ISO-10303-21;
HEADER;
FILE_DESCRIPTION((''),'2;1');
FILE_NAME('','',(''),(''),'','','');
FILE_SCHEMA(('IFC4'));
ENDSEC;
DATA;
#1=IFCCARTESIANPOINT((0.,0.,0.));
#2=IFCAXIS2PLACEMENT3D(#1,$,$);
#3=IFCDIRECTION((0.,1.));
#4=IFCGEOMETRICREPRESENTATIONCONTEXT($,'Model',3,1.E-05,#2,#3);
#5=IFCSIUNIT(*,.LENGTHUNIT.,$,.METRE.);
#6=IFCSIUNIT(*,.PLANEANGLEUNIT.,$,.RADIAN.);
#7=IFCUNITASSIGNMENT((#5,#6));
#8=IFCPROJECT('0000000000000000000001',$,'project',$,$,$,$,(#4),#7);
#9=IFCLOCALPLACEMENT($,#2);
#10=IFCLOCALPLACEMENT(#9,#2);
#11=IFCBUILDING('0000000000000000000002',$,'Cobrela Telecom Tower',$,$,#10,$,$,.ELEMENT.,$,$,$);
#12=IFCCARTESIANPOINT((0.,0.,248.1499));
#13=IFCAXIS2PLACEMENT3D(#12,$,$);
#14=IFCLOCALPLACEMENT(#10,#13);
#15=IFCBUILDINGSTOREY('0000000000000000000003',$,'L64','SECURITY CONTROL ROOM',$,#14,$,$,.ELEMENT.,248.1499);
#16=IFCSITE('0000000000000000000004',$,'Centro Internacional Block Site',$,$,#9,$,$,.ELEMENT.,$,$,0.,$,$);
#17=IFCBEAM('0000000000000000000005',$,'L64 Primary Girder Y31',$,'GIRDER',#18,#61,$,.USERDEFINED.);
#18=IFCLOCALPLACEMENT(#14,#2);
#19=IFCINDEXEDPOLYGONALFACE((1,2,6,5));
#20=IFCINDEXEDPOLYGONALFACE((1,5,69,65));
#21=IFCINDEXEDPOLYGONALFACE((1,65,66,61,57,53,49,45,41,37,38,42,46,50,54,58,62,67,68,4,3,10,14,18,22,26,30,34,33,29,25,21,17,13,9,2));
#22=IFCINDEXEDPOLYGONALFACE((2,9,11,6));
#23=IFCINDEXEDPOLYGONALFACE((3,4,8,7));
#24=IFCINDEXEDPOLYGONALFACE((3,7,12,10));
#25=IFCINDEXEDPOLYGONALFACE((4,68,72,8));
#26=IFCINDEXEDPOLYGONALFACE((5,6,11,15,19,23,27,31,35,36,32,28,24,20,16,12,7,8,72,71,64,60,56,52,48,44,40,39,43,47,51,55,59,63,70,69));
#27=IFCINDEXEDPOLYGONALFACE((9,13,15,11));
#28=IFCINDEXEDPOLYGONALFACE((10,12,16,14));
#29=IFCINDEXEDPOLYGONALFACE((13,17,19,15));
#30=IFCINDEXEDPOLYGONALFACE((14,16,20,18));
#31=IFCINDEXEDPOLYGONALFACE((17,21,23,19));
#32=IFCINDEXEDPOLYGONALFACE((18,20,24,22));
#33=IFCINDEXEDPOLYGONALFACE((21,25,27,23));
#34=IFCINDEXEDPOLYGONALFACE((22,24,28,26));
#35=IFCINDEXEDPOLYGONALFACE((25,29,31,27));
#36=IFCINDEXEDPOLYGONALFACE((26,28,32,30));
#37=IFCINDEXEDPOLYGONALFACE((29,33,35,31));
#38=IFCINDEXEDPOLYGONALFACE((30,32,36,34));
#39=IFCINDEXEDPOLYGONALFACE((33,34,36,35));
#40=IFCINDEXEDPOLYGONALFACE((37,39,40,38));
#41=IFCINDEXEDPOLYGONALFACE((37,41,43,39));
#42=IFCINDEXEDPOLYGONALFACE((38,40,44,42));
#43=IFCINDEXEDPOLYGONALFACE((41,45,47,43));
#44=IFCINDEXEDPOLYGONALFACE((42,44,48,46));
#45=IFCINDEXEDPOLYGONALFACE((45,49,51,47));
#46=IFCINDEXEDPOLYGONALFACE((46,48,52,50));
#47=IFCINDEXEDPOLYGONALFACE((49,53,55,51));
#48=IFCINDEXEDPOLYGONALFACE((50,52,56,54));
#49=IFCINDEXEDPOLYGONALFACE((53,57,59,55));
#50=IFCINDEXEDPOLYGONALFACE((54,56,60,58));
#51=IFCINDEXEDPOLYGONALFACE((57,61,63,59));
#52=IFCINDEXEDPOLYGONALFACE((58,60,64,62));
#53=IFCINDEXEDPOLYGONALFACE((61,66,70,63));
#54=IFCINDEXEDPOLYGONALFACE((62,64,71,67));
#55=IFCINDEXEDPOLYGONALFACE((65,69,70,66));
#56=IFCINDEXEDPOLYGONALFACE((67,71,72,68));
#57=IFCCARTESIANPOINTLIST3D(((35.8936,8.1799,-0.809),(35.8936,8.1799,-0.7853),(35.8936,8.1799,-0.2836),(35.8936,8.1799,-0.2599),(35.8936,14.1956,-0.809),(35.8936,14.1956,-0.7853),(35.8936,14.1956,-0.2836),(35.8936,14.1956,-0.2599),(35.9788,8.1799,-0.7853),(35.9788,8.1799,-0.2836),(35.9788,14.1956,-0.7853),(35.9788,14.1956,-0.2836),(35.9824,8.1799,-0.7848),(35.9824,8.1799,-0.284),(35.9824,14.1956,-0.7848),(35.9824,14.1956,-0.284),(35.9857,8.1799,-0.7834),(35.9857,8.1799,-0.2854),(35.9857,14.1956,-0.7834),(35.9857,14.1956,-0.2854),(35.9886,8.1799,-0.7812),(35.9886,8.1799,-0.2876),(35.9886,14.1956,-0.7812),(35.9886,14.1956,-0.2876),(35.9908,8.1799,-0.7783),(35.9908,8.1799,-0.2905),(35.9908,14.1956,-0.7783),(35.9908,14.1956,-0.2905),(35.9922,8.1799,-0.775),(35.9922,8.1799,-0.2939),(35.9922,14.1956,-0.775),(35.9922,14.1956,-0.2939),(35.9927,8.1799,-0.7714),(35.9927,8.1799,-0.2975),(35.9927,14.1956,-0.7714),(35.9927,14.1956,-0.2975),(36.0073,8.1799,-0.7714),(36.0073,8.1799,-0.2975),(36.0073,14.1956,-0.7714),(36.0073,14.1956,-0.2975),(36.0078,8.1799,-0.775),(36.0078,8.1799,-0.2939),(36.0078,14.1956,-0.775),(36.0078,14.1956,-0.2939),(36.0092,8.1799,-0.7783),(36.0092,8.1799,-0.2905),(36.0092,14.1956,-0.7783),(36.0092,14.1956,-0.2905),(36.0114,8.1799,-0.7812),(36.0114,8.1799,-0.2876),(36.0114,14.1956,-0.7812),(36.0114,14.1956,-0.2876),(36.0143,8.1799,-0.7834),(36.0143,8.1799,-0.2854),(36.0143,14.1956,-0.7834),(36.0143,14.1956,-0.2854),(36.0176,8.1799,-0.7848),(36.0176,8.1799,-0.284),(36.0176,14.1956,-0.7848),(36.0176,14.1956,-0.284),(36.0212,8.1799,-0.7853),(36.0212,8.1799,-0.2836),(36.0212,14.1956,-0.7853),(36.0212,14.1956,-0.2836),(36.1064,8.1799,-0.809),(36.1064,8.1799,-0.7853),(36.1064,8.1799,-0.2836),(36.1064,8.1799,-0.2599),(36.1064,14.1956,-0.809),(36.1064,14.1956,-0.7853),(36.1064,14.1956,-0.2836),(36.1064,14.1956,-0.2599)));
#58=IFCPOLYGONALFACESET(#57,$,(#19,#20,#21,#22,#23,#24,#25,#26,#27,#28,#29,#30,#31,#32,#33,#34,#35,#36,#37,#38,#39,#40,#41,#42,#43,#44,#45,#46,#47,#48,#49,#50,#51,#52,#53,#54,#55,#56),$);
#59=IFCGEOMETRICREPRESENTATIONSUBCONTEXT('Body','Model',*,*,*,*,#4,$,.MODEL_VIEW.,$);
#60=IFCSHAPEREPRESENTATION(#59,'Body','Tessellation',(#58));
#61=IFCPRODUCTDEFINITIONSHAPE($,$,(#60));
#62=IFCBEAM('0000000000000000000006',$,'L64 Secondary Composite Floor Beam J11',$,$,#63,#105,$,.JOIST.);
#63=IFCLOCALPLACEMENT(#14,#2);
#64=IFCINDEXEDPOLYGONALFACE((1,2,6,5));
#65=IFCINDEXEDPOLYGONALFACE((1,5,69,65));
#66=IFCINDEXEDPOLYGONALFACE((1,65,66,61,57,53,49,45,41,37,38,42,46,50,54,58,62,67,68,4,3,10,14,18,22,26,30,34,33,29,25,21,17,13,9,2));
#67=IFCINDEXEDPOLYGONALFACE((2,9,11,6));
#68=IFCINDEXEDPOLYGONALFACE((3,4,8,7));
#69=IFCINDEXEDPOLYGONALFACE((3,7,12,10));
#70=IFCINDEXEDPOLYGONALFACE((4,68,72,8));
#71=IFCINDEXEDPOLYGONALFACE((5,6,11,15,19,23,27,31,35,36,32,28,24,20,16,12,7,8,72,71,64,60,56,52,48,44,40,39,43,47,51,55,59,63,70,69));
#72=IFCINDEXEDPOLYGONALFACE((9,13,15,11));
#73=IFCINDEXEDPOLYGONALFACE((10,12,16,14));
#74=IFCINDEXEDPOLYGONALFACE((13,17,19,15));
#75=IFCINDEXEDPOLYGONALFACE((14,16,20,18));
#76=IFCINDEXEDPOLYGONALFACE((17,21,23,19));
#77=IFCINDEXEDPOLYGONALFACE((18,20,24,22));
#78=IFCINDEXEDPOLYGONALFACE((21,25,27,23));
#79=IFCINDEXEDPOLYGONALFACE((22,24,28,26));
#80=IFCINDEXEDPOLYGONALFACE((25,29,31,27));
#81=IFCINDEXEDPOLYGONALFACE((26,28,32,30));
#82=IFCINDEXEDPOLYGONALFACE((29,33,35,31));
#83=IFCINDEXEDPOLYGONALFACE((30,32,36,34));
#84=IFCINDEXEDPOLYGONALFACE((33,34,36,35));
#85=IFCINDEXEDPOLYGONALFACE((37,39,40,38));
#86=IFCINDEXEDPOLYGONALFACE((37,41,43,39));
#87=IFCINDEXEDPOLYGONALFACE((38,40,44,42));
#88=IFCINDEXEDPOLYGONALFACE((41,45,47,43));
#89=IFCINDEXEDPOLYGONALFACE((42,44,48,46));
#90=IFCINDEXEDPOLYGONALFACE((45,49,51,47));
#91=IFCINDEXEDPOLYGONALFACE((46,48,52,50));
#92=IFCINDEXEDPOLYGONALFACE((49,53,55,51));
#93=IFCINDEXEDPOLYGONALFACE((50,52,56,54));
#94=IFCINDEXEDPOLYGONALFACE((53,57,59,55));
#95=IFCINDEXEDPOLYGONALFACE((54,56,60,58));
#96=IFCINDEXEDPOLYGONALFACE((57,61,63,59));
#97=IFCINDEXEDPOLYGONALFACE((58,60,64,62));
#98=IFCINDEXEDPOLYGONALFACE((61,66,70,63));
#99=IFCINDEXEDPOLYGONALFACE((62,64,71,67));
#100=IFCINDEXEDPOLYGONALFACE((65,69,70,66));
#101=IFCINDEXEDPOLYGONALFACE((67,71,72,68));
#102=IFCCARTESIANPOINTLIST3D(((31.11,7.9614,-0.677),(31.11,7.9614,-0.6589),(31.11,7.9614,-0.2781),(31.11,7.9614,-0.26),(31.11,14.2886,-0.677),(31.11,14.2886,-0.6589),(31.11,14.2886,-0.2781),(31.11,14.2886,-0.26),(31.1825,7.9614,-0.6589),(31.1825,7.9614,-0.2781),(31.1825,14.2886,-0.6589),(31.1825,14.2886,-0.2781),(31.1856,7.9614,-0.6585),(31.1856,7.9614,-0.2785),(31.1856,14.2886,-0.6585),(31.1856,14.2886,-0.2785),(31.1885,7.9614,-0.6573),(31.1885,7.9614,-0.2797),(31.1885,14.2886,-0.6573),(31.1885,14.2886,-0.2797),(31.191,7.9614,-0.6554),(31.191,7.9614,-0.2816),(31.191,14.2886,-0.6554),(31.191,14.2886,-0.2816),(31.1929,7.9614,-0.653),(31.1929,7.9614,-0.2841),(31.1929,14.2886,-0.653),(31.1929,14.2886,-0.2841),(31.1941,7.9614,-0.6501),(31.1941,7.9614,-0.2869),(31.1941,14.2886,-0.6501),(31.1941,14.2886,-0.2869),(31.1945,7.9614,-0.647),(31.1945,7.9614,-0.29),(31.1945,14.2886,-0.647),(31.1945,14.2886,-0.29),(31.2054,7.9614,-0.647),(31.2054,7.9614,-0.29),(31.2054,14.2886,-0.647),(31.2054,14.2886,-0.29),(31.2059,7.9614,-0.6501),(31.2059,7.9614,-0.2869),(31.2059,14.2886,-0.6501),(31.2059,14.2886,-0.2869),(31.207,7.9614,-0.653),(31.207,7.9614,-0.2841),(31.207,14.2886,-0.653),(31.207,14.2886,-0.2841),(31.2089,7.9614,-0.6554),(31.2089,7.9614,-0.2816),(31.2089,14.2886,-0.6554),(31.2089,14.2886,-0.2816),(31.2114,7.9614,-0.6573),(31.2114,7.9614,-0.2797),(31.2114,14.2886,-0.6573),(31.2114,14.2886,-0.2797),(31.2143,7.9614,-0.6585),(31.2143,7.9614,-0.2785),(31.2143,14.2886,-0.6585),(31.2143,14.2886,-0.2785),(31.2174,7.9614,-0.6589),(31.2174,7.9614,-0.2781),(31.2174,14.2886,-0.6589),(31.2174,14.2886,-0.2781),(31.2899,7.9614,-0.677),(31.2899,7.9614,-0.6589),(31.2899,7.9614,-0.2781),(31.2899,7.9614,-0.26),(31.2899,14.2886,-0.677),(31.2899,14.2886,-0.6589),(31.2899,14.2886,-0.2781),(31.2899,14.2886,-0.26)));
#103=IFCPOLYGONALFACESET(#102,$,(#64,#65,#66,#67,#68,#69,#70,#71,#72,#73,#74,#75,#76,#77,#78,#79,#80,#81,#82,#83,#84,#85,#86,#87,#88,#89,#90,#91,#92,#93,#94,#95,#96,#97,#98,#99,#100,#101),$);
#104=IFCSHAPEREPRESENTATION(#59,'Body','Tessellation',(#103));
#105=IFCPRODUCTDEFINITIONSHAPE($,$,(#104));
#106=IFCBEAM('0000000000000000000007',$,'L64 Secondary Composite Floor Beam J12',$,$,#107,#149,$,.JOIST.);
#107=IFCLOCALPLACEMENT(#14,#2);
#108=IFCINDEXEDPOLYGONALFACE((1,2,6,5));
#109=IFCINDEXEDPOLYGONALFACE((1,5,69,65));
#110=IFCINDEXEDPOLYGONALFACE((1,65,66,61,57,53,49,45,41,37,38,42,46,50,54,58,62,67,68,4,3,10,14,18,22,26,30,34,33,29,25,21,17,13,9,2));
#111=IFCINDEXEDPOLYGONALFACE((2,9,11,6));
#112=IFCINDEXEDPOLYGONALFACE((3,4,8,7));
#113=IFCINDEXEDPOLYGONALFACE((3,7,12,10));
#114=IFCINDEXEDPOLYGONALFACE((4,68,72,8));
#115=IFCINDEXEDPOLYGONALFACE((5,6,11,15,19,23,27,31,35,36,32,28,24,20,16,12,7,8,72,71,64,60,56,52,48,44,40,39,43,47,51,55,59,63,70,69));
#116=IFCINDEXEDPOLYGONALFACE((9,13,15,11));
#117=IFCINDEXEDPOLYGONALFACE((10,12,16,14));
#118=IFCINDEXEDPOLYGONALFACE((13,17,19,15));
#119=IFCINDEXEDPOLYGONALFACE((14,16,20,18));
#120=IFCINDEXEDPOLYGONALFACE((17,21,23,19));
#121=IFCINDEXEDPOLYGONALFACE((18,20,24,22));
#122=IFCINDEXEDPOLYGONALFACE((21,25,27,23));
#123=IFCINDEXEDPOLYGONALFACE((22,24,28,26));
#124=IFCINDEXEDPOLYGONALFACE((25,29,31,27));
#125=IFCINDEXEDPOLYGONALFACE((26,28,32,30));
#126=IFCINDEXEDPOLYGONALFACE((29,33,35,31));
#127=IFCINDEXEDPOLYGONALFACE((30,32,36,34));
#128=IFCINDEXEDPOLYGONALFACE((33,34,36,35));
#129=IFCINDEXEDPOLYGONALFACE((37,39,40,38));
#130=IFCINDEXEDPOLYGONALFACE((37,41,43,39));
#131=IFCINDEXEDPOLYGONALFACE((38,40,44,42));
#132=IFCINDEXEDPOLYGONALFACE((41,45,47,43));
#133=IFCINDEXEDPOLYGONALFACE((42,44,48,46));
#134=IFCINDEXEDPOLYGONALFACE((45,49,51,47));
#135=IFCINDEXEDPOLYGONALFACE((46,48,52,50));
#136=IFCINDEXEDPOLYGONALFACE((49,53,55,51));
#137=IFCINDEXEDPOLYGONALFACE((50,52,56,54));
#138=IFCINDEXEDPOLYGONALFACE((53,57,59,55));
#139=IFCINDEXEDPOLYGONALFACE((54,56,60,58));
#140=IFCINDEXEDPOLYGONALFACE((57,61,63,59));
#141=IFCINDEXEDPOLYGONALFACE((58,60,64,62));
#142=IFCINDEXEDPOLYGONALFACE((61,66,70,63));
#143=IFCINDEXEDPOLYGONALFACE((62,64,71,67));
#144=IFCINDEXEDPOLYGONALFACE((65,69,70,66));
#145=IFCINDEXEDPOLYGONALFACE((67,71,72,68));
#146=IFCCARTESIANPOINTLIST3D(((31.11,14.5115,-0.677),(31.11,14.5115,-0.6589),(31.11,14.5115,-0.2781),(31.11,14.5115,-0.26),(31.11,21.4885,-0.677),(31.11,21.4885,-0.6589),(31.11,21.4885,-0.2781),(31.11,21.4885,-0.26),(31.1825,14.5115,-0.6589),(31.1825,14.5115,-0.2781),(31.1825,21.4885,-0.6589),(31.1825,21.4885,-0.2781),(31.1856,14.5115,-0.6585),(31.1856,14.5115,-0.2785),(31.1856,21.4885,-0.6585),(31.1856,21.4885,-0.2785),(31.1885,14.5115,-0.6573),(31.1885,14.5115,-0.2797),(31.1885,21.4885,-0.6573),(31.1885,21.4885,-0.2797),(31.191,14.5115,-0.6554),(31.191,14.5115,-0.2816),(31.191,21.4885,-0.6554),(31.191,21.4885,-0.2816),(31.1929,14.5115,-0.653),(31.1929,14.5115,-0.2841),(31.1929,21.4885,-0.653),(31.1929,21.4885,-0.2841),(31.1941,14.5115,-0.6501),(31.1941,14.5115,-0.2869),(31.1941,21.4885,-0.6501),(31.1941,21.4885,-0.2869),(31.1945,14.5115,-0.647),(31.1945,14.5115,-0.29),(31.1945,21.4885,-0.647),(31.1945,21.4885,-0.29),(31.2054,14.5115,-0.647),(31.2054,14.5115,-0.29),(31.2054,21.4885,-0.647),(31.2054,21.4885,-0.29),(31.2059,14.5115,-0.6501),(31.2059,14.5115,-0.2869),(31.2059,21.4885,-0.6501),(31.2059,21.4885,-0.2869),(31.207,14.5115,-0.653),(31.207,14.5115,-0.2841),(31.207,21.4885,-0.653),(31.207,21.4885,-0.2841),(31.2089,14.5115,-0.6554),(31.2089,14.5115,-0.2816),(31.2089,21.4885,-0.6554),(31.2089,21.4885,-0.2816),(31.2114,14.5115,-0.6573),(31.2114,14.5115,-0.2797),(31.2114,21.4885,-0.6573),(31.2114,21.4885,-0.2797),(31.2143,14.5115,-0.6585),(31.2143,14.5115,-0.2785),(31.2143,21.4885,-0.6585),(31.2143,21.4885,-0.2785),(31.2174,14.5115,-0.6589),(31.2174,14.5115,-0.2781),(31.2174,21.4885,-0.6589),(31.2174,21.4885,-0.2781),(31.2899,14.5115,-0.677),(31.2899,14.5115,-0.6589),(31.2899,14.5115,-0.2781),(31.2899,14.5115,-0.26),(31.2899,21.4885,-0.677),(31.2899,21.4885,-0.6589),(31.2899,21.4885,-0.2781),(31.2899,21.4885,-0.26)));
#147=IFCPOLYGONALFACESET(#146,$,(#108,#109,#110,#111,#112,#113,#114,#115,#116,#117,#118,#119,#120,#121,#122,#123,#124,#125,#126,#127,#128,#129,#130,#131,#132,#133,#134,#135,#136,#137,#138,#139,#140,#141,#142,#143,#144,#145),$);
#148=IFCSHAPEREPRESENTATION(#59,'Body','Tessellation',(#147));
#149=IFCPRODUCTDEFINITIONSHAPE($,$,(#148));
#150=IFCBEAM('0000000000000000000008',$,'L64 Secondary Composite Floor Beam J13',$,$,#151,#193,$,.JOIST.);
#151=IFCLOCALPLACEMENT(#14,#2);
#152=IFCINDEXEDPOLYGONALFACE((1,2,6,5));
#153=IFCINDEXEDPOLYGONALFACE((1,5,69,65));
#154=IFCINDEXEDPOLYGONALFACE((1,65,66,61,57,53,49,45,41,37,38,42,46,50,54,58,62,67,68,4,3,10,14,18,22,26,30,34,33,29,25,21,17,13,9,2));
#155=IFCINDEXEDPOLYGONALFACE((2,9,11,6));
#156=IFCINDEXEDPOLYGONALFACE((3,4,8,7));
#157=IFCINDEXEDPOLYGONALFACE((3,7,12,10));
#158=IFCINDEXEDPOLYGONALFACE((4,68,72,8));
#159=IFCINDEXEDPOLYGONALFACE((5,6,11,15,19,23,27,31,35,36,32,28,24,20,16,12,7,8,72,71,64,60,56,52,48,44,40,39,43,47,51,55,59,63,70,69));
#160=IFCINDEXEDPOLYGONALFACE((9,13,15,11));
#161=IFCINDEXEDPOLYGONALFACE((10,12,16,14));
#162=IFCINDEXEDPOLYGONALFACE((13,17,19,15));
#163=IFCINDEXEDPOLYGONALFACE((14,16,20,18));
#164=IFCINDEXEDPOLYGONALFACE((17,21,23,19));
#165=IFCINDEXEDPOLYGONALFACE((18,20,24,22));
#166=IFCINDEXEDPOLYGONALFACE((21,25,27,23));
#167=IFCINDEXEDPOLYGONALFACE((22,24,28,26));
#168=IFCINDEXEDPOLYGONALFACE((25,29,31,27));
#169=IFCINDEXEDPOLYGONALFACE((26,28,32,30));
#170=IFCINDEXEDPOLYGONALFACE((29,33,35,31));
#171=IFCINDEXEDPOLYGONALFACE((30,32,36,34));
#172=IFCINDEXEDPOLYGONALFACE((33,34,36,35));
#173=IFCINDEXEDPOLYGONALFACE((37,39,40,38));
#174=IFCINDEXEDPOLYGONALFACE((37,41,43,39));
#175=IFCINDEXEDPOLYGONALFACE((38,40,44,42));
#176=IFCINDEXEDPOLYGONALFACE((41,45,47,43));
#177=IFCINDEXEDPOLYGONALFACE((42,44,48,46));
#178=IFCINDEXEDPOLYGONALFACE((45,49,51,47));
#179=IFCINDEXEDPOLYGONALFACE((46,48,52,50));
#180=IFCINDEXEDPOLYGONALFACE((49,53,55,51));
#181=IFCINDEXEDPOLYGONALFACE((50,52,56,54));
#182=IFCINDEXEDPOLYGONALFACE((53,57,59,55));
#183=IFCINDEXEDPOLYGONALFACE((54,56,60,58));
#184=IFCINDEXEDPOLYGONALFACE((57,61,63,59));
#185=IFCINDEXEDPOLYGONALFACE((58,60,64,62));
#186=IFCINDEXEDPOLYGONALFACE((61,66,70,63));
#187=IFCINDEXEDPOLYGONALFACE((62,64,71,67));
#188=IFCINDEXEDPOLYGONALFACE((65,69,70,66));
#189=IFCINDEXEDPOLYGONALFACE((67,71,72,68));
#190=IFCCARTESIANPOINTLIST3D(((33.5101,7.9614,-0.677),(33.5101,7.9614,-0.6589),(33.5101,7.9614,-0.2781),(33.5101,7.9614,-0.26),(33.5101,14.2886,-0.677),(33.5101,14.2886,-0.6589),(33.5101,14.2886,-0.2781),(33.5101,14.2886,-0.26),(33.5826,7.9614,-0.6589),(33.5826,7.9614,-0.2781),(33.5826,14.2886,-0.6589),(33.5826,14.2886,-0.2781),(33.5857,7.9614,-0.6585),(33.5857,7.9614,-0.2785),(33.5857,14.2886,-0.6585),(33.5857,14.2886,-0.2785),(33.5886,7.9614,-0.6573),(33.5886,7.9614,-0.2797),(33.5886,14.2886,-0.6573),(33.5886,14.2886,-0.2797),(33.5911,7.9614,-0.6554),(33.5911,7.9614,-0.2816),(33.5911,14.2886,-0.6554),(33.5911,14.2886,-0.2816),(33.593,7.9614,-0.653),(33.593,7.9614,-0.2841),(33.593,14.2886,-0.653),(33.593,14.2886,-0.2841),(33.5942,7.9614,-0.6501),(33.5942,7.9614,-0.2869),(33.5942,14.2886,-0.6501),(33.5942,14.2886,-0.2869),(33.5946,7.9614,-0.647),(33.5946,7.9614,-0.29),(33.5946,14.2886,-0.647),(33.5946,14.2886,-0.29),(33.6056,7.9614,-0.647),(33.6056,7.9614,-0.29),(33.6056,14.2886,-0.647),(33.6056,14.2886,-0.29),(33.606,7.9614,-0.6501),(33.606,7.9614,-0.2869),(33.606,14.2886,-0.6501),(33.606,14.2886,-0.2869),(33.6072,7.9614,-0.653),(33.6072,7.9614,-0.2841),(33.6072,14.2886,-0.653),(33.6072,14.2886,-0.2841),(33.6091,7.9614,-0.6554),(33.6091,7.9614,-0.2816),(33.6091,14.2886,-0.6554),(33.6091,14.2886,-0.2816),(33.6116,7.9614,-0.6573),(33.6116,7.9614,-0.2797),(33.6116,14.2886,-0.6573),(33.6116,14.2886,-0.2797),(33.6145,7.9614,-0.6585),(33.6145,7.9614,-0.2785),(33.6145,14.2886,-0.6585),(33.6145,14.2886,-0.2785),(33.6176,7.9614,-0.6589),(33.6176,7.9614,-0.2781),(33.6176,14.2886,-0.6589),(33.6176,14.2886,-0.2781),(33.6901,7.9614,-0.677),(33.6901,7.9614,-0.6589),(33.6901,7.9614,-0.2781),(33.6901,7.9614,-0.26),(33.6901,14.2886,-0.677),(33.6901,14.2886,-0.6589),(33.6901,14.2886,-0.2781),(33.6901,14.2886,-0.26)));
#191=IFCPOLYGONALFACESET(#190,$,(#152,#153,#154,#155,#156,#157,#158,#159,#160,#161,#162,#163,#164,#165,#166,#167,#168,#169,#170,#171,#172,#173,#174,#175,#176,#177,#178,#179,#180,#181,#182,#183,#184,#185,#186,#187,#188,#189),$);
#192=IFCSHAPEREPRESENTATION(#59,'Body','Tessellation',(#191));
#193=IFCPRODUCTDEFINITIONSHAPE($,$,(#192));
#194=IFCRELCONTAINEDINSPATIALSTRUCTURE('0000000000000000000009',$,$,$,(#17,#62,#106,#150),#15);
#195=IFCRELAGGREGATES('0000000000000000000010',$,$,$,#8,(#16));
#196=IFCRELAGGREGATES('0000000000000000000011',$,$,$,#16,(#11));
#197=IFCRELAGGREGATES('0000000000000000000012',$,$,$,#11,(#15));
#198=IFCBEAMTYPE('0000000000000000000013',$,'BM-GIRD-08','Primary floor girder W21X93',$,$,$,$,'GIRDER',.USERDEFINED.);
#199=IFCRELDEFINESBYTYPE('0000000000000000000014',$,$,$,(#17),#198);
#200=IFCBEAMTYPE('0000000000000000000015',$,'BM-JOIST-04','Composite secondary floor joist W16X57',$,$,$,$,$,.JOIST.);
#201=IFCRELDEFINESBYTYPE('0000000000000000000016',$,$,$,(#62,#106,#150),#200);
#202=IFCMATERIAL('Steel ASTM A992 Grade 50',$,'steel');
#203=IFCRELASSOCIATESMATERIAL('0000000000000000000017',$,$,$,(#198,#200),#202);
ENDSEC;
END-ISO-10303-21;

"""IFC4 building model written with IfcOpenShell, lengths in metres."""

from ifc_helpers import new_model, si_unit, direction, frame, origin, origin_2d, place, context, subcontext, project, spatial, i_section, extrude, material, material_profile, profile_set, type_object, element, save


model = new_model("IFC4")

# Units and contexts
model_context = context("Model", 3, precision=1e-05, world=origin(), true_north=direction((0.0, 1.0)))
body_context = subcontext(model_context, "Body", "Model", "MODEL_VIEW")
ifc_project = project(units=[si_unit("LENGTHUNIT", "METRE"), si_unit("PLANEANGLEUNIT", "RADIAN")], contexts=[model_context])

# Site, building, storey
site_placement = place(None, origin())
site = spatial("IfcSite", under=ifc_project, at=site_placement, Name="Centro Internacional Block Site", CompositionType="ELEMENT", RefElevation=0.0)
building_placement = place(site_placement, origin())
building = spatial("IfcBuilding", under=site, at=building_placement, Name="Cobrela Telecom Tower", CompositionType="ELEMENT")
storey_placement = place(building_placement, frame((0.0, 0.0, 248.1499)))
storey = spatial("IfcBuildingStorey", under=building, at=storey_placement, Name="L64", Description="SECURITY CONTROL ROOM", CompositionType="ELEMENT", Elevation=248.1499)

# Shared definitions
ifc_material_1 = material(Name="Steel ASTM A992 Grade 50", Category="steel")

# Beams
ifc_material_profile_1 = material_profile(ifc_material_1, i_section(OverallWidth=0.2129, OverallDepth=0.5491, WebThickness=0.0146, FlangeThickness=0.0237, FilletRadius=0.0139, at=origin_2d()), Name="W21X93")
ifc_profile_set_1 = profile_set([ifc_material_profile_1], Name="Steel ASTM A992 Grade 50")
beam_type_1 = type_object("IfcBeamType", Name="BM-GIRD-08", Description="Primary floor girder W21X93", ElementType="GIRDER", PredefinedType="USERDEFINED", material=ifc_profile_set_1)
beam_1_placement = place(storey_placement, frame((36.0, 8.1799, -0.5344), z_axis=(0.0, 1.0, 0.0), x_axis=(-1.0, 0.0, 0.0)))
element("IfcBeam", 1, at=beam_1_placement, inside=storey, type_object=beam_type_1, Name="L64 Primary Girder Y31", ObjectType="GIRDER", PredefinedType="USERDEFINED", context=body_context, shape_type="SweptSolid", body=[
    extrude(i_section(OverallWidth=0.2129, OverallDepth=0.5491, WebThickness=0.0146, FlangeThickness=0.0237, FilletRadius=0.0139, at=origin_2d()), origin(), (0.0, 0.0, 1.0), 6.0156),
])
ifc_material_profile_2 = material_profile(ifc_material_1, i_section(OverallWidth=0.1799, OverallDepth=0.417, WebThickness=0.011, FlangeThickness=0.0181, FilletRadius=0.012, at=origin_2d()), Name="W16X57")
ifc_profile_set_2 = profile_set([ifc_material_profile_2], Name="Steel ASTM A992 Grade 50")
beam_type_2 = type_object("IfcBeamType", Name="BM-JOIST-04", Description="Composite secondary floor joist W16X57", PredefinedType="JOIST", material=ifc_profile_set_2)
beam_2_placement = place(storey_placement, frame((31.2, 7.9614, -0.4685), z_axis=(0.0, 1.0, 0.0), x_axis=(-1.0, 0.0, 0.0)))
element("IfcBeam", 2, at=beam_2_placement, inside=storey, type_object=beam_type_2, Name="L64 Secondary Composite Floor Beam J11", PredefinedType="JOIST", context=body_context, shape_type="SweptSolid", body=[
    extrude(i_section(OverallWidth=0.1799, OverallDepth=0.417, WebThickness=0.011, FlangeThickness=0.0181, FilletRadius=0.012, at=origin_2d()), origin(), (0.0, 0.0, 1.0), 6.3271),
])
beam_3_placement = place(storey_placement, frame((31.2, 14.5115, -0.4685), z_axis=(0.0, 1.0, 0.0), x_axis=(-1.0, 0.0, 0.0)))
element("IfcBeam", 3, at=beam_3_placement, inside=storey, type_object=beam_type_2, Name="L64 Secondary Composite Floor Beam J12", PredefinedType="JOIST", context=body_context, shape_type="SweptSolid", body=[
    extrude(i_section(OverallWidth=0.1799, OverallDepth=0.417, WebThickness=0.011, FlangeThickness=0.0181, FilletRadius=0.012, at=origin_2d()), origin(), (0.0, 0.0, 1.0), 6.9771),
])
beam_4_placement = place(storey_placement, frame((33.6001, 7.9614, -0.4685), z_axis=(0.0, 1.0, 0.0), x_axis=(-1.0, 0.0, 0.0)))
element("IfcBeam", 4, at=beam_4_placement, inside=storey, type_object=beam_type_2, Name="L64 Secondary Composite Floor Beam J13", PredefinedType="JOIST", context=body_context, shape_type="SweptSolid", body=[
    extrude(i_section(OverallWidth=0.1799, OverallDepth=0.417, WebThickness=0.011, FlangeThickness=0.0181, FilletRadius=0.012, at=origin_2d()), origin(), (0.0, 0.0, 1.0), 6.3271),
])

save(model, "model.ifc")
